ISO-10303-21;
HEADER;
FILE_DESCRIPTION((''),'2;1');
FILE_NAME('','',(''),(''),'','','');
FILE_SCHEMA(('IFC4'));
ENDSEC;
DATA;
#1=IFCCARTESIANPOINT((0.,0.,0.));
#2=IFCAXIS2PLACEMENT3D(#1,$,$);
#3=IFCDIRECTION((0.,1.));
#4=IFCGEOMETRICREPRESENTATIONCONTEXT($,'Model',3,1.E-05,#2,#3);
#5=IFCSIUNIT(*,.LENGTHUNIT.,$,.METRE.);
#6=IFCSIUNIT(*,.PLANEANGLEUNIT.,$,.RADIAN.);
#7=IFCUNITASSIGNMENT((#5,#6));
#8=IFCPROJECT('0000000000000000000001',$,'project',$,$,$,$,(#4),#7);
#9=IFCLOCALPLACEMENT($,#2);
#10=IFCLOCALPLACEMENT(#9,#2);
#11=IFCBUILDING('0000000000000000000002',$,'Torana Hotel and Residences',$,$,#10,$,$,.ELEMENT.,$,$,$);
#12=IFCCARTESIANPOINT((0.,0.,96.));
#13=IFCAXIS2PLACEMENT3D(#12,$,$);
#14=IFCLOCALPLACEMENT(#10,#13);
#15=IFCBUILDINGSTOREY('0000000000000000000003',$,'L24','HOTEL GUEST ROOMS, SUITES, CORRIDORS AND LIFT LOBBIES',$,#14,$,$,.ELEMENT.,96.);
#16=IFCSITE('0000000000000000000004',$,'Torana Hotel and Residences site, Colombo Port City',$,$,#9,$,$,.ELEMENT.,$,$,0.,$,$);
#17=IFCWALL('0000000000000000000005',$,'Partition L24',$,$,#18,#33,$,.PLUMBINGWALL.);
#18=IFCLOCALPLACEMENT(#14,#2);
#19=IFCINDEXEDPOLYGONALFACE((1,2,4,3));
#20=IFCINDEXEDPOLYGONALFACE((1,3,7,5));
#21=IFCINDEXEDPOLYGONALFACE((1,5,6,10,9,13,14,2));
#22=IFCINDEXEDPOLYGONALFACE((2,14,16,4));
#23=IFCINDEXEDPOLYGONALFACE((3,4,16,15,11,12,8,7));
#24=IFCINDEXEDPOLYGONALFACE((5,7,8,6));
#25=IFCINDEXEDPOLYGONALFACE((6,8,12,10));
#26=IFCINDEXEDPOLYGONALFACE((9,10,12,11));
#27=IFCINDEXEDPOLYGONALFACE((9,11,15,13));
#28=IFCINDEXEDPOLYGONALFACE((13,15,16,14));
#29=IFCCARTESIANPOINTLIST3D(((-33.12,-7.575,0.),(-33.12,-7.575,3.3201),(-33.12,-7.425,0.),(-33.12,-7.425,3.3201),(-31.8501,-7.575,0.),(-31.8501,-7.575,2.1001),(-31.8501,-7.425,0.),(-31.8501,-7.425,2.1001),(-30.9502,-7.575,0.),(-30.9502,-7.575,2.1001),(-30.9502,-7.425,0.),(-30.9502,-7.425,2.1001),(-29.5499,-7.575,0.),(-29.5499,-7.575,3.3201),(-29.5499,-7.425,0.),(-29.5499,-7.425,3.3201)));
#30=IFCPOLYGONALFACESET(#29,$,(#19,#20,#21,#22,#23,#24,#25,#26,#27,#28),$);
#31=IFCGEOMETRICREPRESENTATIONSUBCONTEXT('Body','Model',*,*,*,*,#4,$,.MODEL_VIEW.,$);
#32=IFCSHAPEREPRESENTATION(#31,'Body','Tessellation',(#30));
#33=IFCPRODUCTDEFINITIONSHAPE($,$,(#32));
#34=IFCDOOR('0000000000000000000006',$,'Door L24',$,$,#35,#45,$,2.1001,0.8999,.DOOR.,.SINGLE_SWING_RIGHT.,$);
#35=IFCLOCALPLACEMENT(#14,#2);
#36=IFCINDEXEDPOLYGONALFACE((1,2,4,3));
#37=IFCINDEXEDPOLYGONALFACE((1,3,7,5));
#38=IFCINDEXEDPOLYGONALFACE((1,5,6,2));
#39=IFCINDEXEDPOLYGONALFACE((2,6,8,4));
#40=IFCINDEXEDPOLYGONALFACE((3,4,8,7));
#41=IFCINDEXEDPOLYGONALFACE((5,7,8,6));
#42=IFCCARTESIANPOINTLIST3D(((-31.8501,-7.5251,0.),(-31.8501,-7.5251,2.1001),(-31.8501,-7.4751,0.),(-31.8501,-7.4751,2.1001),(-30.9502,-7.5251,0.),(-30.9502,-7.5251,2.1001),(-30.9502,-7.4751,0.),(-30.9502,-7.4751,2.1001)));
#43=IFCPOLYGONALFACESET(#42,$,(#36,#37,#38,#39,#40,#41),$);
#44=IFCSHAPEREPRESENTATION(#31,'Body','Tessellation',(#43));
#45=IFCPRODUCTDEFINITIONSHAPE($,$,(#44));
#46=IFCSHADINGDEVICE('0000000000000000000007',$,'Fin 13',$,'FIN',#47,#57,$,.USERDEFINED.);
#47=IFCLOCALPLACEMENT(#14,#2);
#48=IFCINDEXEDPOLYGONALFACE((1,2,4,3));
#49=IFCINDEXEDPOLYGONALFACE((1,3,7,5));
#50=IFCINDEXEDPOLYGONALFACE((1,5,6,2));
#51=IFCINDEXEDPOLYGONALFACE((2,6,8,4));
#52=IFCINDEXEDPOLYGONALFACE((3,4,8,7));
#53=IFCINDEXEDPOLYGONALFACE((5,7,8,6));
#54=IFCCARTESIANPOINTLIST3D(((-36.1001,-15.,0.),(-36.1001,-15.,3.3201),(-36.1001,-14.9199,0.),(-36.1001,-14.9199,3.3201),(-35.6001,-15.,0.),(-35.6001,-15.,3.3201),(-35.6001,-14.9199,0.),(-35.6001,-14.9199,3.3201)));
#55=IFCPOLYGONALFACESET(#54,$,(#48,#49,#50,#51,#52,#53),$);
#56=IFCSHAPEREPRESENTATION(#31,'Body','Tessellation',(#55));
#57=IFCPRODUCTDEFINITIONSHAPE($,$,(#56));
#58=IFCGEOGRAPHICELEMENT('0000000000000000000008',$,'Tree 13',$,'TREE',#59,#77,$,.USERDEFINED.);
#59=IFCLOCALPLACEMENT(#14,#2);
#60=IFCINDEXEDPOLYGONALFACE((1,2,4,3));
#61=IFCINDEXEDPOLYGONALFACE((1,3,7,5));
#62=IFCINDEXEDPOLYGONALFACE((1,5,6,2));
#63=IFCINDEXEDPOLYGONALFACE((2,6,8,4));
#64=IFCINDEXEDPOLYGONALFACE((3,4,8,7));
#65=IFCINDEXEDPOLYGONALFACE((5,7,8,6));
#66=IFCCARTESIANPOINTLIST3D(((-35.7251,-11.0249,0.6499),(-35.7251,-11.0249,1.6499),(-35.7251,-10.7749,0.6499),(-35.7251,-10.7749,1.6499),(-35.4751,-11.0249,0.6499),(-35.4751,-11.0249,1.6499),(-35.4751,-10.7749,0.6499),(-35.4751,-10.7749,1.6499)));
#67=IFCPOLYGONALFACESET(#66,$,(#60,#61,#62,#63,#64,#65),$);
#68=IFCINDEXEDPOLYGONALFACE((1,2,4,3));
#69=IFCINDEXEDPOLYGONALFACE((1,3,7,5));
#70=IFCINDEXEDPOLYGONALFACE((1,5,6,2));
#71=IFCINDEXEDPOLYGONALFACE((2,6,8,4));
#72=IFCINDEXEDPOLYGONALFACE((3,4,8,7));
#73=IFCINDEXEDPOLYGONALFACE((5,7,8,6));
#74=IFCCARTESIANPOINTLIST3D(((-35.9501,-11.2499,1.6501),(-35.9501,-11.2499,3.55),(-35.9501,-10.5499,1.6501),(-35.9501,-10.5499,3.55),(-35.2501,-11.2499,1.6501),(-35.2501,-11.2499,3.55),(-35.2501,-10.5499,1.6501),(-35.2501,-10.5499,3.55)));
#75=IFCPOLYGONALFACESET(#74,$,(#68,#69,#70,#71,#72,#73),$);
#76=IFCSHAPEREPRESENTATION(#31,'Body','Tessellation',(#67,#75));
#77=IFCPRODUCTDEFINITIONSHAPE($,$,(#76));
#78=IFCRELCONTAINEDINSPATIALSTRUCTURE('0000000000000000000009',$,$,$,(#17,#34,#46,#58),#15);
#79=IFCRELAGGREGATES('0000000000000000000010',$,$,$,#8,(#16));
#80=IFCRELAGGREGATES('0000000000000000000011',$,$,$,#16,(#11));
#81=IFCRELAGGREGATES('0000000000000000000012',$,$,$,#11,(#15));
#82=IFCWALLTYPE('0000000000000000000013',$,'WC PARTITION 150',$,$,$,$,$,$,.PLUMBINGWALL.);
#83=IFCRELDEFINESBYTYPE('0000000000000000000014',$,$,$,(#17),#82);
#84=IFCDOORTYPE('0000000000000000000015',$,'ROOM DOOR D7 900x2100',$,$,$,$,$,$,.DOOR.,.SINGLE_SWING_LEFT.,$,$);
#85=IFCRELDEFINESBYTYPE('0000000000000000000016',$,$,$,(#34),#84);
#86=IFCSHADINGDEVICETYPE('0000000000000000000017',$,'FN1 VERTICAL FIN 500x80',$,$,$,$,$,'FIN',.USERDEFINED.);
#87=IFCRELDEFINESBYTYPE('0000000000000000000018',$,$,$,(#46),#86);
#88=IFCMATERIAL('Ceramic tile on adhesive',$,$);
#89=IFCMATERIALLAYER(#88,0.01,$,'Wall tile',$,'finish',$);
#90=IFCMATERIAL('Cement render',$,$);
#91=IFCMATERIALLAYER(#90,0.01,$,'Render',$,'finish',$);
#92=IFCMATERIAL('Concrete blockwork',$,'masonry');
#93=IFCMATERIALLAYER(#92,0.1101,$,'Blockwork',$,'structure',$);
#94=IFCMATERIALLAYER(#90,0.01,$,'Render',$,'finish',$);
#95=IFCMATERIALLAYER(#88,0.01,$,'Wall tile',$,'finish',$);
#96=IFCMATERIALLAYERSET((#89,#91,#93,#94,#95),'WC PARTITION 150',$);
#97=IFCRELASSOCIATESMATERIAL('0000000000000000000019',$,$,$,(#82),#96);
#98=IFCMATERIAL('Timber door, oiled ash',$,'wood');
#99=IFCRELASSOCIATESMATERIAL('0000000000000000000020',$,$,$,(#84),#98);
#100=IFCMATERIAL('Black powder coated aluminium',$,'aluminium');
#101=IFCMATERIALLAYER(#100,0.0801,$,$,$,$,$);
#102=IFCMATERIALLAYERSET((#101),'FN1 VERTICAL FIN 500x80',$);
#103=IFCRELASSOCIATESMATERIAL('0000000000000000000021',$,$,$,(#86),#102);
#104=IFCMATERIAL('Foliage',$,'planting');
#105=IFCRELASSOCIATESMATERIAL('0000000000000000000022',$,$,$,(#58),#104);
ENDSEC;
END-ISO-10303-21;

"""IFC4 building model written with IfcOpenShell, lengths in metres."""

from ifc_helpers import new_model, si_unit, direction, frame, frame_2d, origin, origin_2d, place, context, subcontext, project, spatial, rectangle, extrude, material, layer, layer_set, type_object, element, fill, save


model = new_model("IFC4")

# Units and contexts
model_context = context("Model", 3, precision=1e-05, world=origin(), true_north=direction((0.0, 1.0)))
body_context = subcontext(model_context, "Body", "Model", "MODEL_VIEW")
ifc_project = project(units=[si_unit("LENGTHUNIT", "METRE"), si_unit("PLANEANGLEUNIT", "RADIAN")], contexts=[model_context])

# Site, building, storey
site_placement = place(None, origin())
site = spatial("IfcSite", under=ifc_project, at=site_placement, Name="Torana Hotel and Residences site, Colombo Port City", CompositionType="ELEMENT", RefElevation=0.0)
building_placement = place(site_placement, origin())
building = spatial("IfcBuilding", under=site, at=building_placement, Name="Torana Hotel and Residences", CompositionType="ELEMENT")
storey_placement = place(building_placement, frame((0.0, 0.0, 96.0)))
storey = spatial("IfcBuildingStorey", under=building, at=storey_placement, Name="L24", Description="HOTEL GUEST ROOMS, SUITES, CORRIDORS AND LIFT LOBBIES", CompositionType="ELEMENT", Elevation=96.0)

# Wall, opening, door
ifc_material_1 = material(Name="Ceramic tile on adhesive")
ifc_layer_1 = layer(ifc_material_1, 0.01, Name="Wall tile", Category="finish")
ifc_material_2 = material(Name="Cement render")
ifc_layer_2 = layer(ifc_material_2, 0.01, Name="Render", Category="finish")
ifc_material_3 = material(Name="Concrete blockwork", Category="masonry")
ifc_layer_3 = layer(ifc_material_3, 0.1101, Name="Blockwork", Category="structure")
ifc_layer_4 = layer(ifc_material_2, 0.01, Name="Render", Category="finish")
ifc_layer_5 = layer(ifc_material_1, 0.01, Name="Wall tile", Category="finish")
ifc_layer_set_1 = layer_set([ifc_layer_1, ifc_layer_2, ifc_layer_3, ifc_layer_4, ifc_layer_5], Name="WC PARTITION 150")
wall_type_1 = type_object("IfcWallType", Name="WC PARTITION 150", PredefinedType="PLUMBINGWALL", material=ifc_layer_set_1)
wall_1_placement = place(storey_placement, frame((-33.1201, -7.5, 0.0), z_axis=(0.0, 0.0, 1.0), x_axis=(1.0, 0.0, 0.0)))
wall_1 = element("IfcWall", 1, at=wall_1_placement, inside=storey, type_object=wall_type_1, Name="Partition L24", PredefinedType="PLUMBINGWALL", context=body_context, shape_type="SweptSolid", body=[
    extrude(rectangle(XDim=3.5701, YDim=0.1499, at=frame_2d((1.7852, 0.0))), origin(), (0.0, 0.0, 1.0), 3.3201),
])
opening_1_placement = place(wall_1_placement, frame((1.27, 0.0, 0.0)))
opening_1 = element("IfcOpeningElement", 2, at=opening_1_placement, cuts=wall_1, PredefinedType="OPENING", context=body_context, shape_type="SweptSolid", body=[
    extrude(rectangle(XDim=0.8999, YDim=2.1001, at=frame_2d((0.45, 1.05))), frame((0.0, 0.085, 0.0), z_axis=(0.0, -1.0, 0.0), x_axis=(1.0, 0.0, 0.0)), (0.0, 0.0, 1.0), 0.1699),
])
ifc_material_4 = material(Name="Timber door, oiled ash", Category="wood")
door_type_1 = type_object("IfcDoorType", Name="ROOM DOOR D7 900x2100", OperationType="SINGLE_SWING_LEFT", PredefinedType="DOOR", material=ifc_material_4)
door_1_placement = place(opening_1_placement, origin())
door_1 = element("IfcDoor", 3, at=door_1_placement, inside=storey, type_object=door_type_1, Name="Door L24", OperationType="SINGLE_SWING_RIGHT", OverallHeight=2.1001, OverallWidth=0.8999, PredefinedType="DOOR", context=body_context, shape_type="SweptSolid", body=[
    extrude(rectangle(XDim=0.8999, YDim=2.1001, at=frame_2d((0.45, 1.05))), frame((0.0, 0.0249, 0.0), z_axis=(0.0, -1.0, 0.0), x_axis=(1.0, 0.0, 0.0)), (0.0, 0.0, 1.0), 0.05),
])
fill(opening_1, door_1)

# Shading device
ifc_material_5 = material(Name="Black powder coated aluminium", Category="aluminium")
ifc_layer_6 = layer(ifc_material_5, 0.0801)
ifc_layer_set_2 = layer_set([ifc_layer_6], Name="FN1 VERTICAL FIN 500x80")
shading_device_type = type_object("IfcShadingDeviceType", Name="FN1 VERTICAL FIN 500x80", ElementType="FIN", PredefinedType="USERDEFINED", material=ifc_layer_set_2)
shading_device_placement = place(storey_placement, frame((-35.8501, -14.96, 0.0), z_axis=(0.0, 0.0, 1.0), x_axis=(0.0, 1.0, 0.0)))
element("IfcShadingDevice", 4, at=shading_device_placement, inside=storey, type_object=shading_device_type, Name="Fin 13", ObjectType="FIN", PredefinedType="USERDEFINED", context=body_context, shape_type="SweptSolid", body=[
    extrude(rectangle(XDim=0.0801, YDim=0.5, at=origin_2d()), origin(), (0.0, 0.0, 1.0), 3.3201),
])

# Geographic element
ifc_material_6 = material(Name="Foliage", Category="planting")
geographic_element_placement = place(storey_placement, frame((-35.6001, -10.8999, 0.6499), z_axis=(0.0, 0.0, 1.0), x_axis=(1.0, 0.0, 0.0)))
element("IfcGeographicElement", 5, at=geographic_element_placement, inside=storey, material=ifc_material_6, Name="Tree 13", ObjectType="TREE", PredefinedType="USERDEFINED", context=body_context, shape_type="SweptSolid", body=[
    extrude(rectangle(XDim=0.25, YDim=0.25, at=origin_2d()), origin(), (0.0, 0.0, 1.0), 1.0),
    extrude(rectangle(XDim=0.7, YDim=0.7, at=origin_2d()), frame((0.0, 0.0, 1.0002)), (0.0, 0.0, 1.0), 1.8999),
])

save(model, "model.ifc")
